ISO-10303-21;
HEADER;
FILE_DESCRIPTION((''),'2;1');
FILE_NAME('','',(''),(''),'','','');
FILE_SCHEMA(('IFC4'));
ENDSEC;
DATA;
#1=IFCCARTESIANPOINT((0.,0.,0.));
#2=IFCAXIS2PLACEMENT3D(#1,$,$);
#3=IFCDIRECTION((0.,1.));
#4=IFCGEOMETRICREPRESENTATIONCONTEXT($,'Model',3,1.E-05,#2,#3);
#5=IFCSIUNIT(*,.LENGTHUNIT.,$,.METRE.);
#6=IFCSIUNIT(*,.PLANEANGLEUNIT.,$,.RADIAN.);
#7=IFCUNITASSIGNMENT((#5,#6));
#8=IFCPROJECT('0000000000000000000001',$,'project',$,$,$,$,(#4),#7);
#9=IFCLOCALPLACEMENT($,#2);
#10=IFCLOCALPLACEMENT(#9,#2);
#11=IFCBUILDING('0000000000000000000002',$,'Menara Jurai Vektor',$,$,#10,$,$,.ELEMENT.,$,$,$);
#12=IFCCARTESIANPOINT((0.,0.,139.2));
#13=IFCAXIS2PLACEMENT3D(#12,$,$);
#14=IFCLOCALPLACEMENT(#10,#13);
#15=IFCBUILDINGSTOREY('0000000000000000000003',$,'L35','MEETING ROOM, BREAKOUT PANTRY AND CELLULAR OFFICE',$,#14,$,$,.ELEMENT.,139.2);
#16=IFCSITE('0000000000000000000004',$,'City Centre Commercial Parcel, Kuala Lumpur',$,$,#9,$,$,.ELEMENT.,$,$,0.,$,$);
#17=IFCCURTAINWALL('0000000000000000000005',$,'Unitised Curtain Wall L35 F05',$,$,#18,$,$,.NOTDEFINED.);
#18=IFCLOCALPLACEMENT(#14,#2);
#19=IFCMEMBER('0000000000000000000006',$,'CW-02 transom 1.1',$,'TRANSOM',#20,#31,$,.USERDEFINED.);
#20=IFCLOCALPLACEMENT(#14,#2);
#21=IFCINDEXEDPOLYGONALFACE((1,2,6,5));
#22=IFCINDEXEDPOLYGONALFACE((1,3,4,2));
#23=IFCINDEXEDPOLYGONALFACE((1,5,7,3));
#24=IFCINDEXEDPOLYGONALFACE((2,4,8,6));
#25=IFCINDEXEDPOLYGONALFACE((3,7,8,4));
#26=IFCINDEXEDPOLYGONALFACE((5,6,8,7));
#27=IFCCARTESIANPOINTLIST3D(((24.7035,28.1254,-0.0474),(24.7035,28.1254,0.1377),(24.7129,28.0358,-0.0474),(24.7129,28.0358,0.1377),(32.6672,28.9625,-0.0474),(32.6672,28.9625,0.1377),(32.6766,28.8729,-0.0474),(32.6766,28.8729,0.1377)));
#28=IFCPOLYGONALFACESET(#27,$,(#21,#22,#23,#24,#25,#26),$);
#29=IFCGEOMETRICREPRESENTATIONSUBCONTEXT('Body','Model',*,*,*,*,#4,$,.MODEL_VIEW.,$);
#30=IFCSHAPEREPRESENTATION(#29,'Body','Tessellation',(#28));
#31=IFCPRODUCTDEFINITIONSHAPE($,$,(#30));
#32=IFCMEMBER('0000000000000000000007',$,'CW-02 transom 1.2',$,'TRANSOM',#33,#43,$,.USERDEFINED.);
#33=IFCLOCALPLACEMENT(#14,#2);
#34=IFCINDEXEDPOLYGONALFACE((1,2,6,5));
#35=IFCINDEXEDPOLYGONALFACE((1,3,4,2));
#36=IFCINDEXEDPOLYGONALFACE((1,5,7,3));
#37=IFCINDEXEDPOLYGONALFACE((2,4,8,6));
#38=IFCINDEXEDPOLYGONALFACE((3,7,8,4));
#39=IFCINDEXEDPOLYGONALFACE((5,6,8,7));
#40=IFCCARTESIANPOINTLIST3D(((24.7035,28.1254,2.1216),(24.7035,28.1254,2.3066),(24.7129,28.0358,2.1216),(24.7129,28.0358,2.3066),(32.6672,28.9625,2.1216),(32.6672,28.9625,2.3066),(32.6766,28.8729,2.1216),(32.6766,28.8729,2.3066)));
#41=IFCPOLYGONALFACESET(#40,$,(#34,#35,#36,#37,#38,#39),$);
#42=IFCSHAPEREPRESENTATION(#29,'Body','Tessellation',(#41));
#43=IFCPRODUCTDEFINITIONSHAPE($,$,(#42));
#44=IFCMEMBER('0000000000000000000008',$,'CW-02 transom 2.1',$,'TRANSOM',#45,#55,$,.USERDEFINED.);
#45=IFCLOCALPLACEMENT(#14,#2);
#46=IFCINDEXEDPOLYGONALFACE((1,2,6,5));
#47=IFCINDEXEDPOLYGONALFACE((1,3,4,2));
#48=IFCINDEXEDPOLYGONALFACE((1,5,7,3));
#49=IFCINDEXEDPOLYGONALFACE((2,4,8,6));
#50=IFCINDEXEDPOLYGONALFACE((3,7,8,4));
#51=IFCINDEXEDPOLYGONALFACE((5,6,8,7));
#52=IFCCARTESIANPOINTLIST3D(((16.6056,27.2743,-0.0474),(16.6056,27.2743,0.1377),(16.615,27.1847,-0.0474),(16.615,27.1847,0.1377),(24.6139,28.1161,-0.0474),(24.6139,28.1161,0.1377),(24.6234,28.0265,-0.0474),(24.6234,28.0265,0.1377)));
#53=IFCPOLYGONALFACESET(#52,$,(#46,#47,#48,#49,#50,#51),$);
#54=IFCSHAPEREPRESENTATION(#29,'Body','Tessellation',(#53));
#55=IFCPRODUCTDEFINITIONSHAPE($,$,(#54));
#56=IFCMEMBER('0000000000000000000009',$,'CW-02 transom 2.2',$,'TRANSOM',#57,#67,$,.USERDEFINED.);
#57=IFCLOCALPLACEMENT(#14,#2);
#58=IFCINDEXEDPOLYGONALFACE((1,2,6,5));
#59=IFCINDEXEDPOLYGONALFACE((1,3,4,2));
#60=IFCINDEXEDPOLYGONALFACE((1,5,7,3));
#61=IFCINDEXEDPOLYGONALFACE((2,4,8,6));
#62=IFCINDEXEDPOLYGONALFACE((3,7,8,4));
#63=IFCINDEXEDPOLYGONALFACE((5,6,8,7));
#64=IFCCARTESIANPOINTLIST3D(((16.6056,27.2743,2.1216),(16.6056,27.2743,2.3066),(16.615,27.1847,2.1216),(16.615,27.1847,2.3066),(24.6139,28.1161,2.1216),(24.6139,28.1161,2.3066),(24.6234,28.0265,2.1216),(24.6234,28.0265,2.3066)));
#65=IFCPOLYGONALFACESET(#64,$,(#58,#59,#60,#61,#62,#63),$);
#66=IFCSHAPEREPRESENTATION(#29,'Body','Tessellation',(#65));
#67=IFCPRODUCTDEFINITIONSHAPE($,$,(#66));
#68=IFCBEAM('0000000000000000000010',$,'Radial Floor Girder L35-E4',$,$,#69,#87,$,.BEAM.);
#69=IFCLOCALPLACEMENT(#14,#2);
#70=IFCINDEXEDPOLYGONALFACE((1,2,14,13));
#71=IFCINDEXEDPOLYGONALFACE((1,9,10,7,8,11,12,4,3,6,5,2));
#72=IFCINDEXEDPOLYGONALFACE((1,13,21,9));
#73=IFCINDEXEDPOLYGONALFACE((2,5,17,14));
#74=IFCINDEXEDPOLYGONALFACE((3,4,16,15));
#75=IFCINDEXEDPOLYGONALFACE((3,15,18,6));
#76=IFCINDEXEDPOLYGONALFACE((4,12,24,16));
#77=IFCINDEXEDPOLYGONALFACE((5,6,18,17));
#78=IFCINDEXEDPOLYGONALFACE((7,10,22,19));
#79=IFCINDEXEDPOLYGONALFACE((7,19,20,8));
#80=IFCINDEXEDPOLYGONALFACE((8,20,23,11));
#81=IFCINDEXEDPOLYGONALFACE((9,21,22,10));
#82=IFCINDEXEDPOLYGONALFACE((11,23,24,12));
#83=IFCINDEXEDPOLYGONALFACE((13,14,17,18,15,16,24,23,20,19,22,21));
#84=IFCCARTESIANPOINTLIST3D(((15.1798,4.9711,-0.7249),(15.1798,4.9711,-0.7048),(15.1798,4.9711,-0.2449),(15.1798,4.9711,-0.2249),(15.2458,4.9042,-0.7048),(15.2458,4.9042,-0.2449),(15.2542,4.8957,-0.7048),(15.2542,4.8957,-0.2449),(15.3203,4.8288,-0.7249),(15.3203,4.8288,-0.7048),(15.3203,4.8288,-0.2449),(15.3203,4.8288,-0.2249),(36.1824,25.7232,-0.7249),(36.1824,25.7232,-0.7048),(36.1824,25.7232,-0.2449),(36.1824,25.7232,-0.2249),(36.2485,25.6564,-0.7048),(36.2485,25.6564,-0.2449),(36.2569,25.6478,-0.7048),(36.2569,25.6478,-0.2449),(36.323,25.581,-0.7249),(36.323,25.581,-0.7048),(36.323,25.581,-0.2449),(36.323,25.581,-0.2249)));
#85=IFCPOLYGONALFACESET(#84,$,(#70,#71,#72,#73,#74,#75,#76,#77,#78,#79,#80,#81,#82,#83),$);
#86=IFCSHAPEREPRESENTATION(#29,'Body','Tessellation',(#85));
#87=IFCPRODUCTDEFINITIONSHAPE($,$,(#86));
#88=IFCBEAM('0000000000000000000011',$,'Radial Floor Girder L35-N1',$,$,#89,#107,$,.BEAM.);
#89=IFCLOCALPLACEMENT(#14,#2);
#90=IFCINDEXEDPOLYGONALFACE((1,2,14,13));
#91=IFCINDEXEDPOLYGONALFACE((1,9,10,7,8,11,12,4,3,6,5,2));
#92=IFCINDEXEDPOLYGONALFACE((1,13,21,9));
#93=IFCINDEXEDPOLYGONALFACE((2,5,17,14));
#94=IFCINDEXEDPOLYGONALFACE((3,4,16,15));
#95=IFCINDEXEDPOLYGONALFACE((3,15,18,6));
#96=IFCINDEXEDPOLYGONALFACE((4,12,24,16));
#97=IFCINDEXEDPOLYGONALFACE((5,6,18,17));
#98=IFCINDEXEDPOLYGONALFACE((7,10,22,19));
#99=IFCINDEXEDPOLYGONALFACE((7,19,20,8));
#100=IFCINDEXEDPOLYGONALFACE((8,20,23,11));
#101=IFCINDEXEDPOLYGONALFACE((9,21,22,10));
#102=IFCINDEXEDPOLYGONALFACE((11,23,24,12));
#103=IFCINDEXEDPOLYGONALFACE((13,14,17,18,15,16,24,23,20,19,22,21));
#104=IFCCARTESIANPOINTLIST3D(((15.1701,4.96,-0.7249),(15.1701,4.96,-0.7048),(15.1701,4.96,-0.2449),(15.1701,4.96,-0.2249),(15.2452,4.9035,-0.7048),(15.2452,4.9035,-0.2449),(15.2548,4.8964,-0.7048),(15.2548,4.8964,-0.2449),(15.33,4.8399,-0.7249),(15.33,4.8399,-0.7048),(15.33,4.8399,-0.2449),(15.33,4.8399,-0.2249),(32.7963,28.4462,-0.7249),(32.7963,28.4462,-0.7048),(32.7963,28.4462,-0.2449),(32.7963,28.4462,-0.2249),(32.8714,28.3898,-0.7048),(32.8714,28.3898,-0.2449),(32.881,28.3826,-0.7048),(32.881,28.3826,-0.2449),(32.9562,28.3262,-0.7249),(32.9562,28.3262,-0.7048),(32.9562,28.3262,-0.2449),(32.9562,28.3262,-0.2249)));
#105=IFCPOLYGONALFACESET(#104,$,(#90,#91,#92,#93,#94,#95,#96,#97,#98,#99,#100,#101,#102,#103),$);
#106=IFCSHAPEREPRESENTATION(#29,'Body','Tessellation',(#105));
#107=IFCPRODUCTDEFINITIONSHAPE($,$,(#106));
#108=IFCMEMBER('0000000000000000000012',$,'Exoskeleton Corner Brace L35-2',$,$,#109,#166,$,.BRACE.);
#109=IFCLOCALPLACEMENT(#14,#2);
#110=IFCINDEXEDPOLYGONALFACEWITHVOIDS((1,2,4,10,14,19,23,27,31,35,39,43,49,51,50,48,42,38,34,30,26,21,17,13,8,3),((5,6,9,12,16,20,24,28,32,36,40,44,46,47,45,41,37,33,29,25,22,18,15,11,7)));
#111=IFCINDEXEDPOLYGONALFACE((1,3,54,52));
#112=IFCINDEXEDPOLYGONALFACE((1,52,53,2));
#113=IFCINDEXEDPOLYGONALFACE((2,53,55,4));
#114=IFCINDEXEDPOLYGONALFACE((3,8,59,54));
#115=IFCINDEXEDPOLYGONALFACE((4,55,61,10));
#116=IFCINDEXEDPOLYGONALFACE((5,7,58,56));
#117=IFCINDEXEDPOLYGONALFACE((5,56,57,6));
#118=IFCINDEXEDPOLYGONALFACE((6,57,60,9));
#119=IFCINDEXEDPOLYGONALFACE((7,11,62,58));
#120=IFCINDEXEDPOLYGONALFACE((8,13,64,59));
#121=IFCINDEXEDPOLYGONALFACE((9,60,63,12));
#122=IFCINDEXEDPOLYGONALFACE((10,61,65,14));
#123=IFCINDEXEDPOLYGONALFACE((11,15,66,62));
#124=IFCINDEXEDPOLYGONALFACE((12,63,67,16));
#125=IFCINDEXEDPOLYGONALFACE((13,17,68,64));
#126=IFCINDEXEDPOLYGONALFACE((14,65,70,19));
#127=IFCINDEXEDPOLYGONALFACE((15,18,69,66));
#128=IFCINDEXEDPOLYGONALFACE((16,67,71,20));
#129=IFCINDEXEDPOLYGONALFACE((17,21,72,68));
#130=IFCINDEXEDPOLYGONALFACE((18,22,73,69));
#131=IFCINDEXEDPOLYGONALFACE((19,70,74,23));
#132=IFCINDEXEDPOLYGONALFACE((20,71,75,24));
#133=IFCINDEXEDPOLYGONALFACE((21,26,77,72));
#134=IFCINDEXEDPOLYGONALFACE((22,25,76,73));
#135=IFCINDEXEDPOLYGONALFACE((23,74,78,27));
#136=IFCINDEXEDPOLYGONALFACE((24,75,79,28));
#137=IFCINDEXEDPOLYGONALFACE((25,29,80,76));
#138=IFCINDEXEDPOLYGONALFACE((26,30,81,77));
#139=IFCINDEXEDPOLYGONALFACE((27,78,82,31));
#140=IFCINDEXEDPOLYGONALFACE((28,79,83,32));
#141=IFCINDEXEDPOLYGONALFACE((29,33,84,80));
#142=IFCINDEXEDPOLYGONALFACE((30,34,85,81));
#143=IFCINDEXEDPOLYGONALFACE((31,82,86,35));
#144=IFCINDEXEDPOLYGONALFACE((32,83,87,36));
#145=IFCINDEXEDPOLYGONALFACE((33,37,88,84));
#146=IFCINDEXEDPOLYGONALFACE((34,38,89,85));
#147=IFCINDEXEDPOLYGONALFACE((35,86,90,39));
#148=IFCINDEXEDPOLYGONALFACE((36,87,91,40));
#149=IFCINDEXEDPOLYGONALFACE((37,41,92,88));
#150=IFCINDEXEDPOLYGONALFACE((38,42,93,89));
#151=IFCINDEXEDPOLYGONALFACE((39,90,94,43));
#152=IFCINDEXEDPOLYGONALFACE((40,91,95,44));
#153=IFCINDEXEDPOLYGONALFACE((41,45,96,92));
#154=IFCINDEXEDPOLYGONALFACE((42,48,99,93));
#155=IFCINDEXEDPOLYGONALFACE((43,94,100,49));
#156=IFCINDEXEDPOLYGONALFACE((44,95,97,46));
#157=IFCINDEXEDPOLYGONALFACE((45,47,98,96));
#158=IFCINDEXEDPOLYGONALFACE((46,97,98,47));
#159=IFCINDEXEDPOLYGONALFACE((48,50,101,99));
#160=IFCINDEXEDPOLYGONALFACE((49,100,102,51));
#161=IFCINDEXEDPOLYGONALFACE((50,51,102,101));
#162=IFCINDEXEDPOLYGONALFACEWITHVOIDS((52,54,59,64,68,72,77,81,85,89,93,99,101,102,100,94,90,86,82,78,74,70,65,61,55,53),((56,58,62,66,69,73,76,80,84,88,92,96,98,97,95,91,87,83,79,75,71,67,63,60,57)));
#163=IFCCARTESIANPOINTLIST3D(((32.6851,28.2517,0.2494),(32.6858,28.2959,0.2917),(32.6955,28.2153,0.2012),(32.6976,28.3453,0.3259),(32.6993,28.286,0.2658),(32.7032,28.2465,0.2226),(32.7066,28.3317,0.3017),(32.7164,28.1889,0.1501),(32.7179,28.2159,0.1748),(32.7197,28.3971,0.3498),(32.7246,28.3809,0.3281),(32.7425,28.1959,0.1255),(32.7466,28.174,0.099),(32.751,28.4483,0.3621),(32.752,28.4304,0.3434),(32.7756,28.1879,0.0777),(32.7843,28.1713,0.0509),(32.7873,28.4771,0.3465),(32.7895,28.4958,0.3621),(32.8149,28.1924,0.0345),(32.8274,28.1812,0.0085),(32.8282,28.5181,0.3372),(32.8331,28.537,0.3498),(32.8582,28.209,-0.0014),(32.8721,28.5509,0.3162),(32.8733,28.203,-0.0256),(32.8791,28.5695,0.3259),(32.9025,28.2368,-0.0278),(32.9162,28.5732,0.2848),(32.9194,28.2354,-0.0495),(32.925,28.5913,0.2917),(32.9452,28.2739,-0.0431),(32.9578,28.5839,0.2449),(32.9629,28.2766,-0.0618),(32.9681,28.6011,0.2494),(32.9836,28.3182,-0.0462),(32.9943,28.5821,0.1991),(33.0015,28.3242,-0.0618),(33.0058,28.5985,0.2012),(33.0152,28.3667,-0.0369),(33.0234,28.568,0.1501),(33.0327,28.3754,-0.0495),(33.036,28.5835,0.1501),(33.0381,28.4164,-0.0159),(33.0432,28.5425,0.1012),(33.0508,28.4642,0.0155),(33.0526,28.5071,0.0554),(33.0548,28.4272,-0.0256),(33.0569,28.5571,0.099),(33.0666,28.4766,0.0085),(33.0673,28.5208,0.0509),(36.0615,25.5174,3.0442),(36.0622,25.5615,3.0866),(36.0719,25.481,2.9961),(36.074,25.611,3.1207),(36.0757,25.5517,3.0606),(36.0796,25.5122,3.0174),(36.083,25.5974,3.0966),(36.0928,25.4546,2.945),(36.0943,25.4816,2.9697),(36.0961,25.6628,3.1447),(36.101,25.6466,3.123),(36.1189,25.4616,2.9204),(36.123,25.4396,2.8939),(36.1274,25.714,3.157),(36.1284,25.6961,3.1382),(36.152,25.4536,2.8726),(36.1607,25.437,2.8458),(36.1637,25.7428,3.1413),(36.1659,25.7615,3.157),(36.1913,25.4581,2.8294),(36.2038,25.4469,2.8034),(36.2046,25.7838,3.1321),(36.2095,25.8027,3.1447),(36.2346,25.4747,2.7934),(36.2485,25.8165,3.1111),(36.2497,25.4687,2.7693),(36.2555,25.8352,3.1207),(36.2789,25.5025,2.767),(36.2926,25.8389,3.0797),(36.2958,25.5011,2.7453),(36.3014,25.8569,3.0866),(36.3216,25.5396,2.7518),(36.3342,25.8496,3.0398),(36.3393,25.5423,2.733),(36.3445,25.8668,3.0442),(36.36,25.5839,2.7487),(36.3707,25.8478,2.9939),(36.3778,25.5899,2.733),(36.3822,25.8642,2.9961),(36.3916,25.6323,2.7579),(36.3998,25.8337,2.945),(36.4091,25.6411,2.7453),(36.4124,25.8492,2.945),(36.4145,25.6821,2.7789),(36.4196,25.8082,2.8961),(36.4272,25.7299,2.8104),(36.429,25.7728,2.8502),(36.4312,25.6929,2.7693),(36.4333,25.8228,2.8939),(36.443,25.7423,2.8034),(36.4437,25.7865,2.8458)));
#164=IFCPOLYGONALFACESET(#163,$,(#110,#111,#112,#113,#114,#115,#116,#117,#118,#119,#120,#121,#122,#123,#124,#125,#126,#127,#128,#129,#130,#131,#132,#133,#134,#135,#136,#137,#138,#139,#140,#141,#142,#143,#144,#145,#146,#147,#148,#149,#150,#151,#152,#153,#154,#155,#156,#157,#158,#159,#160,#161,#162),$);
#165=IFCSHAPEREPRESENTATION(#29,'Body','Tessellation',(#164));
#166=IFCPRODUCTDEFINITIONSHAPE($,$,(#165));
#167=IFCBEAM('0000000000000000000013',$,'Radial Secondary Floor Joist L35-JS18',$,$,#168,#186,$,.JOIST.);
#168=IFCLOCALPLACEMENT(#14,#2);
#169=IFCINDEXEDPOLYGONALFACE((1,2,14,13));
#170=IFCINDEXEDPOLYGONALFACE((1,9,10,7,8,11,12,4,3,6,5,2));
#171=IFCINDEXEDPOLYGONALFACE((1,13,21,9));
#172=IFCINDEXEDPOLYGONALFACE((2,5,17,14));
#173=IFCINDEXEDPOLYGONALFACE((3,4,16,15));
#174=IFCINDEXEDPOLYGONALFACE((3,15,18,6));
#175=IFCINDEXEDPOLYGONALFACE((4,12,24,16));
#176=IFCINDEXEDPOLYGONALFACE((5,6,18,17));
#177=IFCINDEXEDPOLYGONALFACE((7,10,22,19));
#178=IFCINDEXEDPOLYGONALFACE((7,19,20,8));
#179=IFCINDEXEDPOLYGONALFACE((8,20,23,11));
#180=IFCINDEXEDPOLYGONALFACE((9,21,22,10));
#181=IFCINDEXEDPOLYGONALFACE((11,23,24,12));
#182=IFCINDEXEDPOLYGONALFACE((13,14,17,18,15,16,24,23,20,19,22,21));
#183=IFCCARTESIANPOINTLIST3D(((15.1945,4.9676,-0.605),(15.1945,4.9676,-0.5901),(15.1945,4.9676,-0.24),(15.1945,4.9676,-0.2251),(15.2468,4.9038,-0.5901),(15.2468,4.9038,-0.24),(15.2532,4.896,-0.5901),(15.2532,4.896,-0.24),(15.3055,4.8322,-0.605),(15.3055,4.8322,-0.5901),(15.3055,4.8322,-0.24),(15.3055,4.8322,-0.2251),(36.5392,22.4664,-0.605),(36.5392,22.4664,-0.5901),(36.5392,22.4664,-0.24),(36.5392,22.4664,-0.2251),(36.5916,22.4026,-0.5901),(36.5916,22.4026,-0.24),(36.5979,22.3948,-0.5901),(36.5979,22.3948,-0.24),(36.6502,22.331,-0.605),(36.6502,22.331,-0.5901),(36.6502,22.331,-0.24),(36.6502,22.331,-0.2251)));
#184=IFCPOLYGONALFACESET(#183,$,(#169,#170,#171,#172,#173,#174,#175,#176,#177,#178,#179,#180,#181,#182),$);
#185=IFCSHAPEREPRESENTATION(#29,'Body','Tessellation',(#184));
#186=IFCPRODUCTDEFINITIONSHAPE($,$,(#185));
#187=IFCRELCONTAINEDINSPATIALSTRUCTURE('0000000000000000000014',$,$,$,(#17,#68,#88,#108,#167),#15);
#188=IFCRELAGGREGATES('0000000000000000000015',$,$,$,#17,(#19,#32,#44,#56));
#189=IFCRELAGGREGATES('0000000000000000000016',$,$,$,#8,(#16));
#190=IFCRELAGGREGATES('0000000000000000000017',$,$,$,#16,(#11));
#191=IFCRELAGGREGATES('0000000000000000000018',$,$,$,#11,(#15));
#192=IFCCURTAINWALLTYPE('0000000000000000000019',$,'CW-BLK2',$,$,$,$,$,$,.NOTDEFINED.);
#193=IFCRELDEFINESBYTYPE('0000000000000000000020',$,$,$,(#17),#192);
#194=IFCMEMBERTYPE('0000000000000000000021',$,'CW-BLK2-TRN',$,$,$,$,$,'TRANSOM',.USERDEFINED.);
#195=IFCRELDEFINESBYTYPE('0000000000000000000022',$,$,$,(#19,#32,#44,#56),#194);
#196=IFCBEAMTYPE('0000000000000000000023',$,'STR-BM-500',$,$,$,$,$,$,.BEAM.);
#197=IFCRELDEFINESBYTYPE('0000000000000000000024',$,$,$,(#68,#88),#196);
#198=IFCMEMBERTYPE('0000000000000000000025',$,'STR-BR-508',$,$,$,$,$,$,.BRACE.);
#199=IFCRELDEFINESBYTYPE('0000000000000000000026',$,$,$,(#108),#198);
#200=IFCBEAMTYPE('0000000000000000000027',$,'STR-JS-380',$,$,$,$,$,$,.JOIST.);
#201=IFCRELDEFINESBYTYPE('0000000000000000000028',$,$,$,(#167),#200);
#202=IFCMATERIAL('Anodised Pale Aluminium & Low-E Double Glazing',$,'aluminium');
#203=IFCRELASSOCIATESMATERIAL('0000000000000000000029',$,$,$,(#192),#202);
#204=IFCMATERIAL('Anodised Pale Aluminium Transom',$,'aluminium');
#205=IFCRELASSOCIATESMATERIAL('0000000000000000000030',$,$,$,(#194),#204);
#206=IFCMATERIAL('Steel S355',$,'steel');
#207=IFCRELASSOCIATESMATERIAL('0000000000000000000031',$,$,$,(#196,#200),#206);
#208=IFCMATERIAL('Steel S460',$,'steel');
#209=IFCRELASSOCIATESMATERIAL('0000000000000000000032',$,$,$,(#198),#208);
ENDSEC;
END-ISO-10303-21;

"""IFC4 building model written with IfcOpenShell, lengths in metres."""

from ifc_helpers import new_model, si_unit, direction, frame, origin, origin_2d, place, context, subcontext, project, spatial, rectangle, hollow_circle, i_section, extrude, material, material_profile, profile_set, type_object, element, aggregate, save


model = new_model("IFC4")

# Units and contexts
model_context = context("Model", 3, precision=1e-05, world=origin(), true_north=direction((0.0, 1.0)))
body_context = subcontext(model_context, "Body", "Model", "MODEL_VIEW")
ifc_project = project(units=[si_unit("LENGTHUNIT", "METRE"), si_unit("PLANEANGLEUNIT", "RADIAN")], contexts=[model_context])

# Site, building, storey
site_placement = place(None, origin())
site = spatial("IfcSite", under=ifc_project, at=site_placement, Name="City Centre Commercial Parcel, Kuala Lumpur", CompositionType="ELEMENT", RefElevation=0.0)
building_placement = place(site_placement, origin())
building = spatial("IfcBuilding", under=site, at=building_placement, Name="Menara Jurai Vektor", CompositionType="ELEMENT")
storey_placement = place(building_placement, frame((0.0, 0.0, 139.2)))
storey = spatial("IfcBuildingStorey", under=building, at=storey_placement, Name="L35", Description="MEETING ROOM, BREAKOUT PANTRY AND CELLULAR OFFICE", CompositionType="ELEMENT", Elevation=139.2)

# Shared definitions
ifc_material_1 = material(Name="Steel S460", Category="steel")

# Shared definitions
ifc_material_2 = material(Name="Anodised Pale Aluminium & Low-E Double Glazing", Category="aluminium")
curtain_wall_type = type_object("IfcCurtainWallType", Name="CW-BLK2", PredefinedType="NOTDEFINED", material=ifc_material_2)

# Curtain wall
curtain_wall_1_placement = place(storey_placement, origin())
curtain_wall_1 = element("IfcCurtainWall", 1, at=curtain_wall_1_placement, inside=storey, type_object=curtain_wall_type, Name="Unitised Curtain Wall L35 F05", PredefinedType="NOTDEFINED")

# Members
ifc_material_3 = material(Name="Anodised Pale Aluminium Transom", Category="aluminium")
ifc_material_profile_1 = material_profile(ifc_material_3, rectangle(XDim=0.0901, YDim=0.1851, at=origin_2d()), Name="ALU TRN 90x185")
ifc_profile_set_1 = profile_set([ifc_material_profile_1], Name="Anodised Pale Aluminium Transom")
member_type_1 = type_object("IfcMemberType", Name="CW-BLK2-TRN", ElementType="TRANSOM", PredefinedType="USERDEFINED", material=ifc_profile_set_1)
member_1_placement = place(storey_placement, frame((32.6719, 28.9177, 0.0452), z_axis=(-0.99452, -0.104547, 0.0), x_axis=(0.104547, -0.99452, 0.0)))
member_1 = element("IfcMember", 2, at=member_1_placement, type_object=member_type_1, Name="CW-02 transom 1.1", ObjectType="TRANSOM", PredefinedType="USERDEFINED", context=body_context, shape_type="SweptSolid", body=[
    extrude(rectangle(XDim=0.0901, YDim=0.1851, at=origin_2d()), origin(), (0.0, 0.0, 1.0), 8.0076),
])
member_2_placement = place(storey_placement, frame((32.6719, 28.9177, 2.2141), z_axis=(-0.99452, -0.104547, 0.0), x_axis=(0.104547, -0.99452, 0.0)))
member_2 = element("IfcMember", 3, at=member_2_placement, type_object=member_type_1, Name="CW-02 transom 1.2", ObjectType="TRANSOM", PredefinedType="USERDEFINED", context=body_context, shape_type="SweptSolid", body=[
    extrude(rectangle(XDim=0.0901, YDim=0.1851, at=origin_2d()), origin(), (0.0, 0.0, 1.0), 8.0076),
])
member_3_placement = place(storey_placement, frame((24.6187, 28.0713, 0.0452), z_axis=(-0.994521, -0.10454, 0.0), x_axis=(0.10454, -0.994521, 0.0)))
member_3 = element("IfcMember", 4, at=member_3_placement, type_object=member_type_1, Name="CW-02 transom 2.1", ObjectType="TRANSOM", PredefinedType="USERDEFINED", context=body_context, shape_type="SweptSolid", body=[
    extrude(rectangle(XDim=0.0901, YDim=0.1851, at=origin_2d()), origin(), (0.0, 0.0, 1.0), 8.0525),
])
member_4_placement = place(storey_placement, frame((24.6187, 28.0713, 2.2141), z_axis=(-0.994521, -0.10454, 0.0), x_axis=(0.10454, -0.994521, 0.0)))
member_4 = element("IfcMember", 5, at=member_4_placement, type_object=member_type_1, Name="CW-02 transom 2.2", ObjectType="TRANSOM", PredefinedType="USERDEFINED", context=body_context, shape_type="SweptSolid", body=[
    extrude(rectangle(XDim=0.0901, YDim=0.1851, at=origin_2d()), origin(), (0.0, 0.0, 1.0), 8.0525),
])

# Beams
ifc_material_4 = material(Name="Steel S355", Category="steel")
ifc_material_profile_2 = material_profile(ifc_material_4, i_section(OverallWidth=0.2, OverallDepth=0.5, WebThickness=0.012, FlangeThickness=0.02, at=origin_2d()), Name="PG 500x200x96")
ifc_profile_set_2 = profile_set([ifc_material_profile_2], Name="Steel S355")
beam_type_1 = type_object("IfcBeamType", Name="STR-BM-500", PredefinedType="BEAM", material=ifc_profile_set_2)
beam_1_placement = place(storey_placement, frame((36.2527, 25.6521, -0.4749), z_axis=(-0.711336, -0.702852, 0.0), x_axis=(0.702852, -0.711336, 0.0)))
element("IfcBeam", 6, at=beam_1_placement, inside=storey, type_object=beam_type_1, Name="Radial Floor Girder L35-E4", PredefinedType="BEAM", context=body_context, shape_type="SweptSolid", body=[
    extrude(i_section(OverallWidth=0.2, OverallDepth=0.5, WebThickness=0.012, FlangeThickness=0.02, at=origin_2d()), origin(), (0.0, 0.0, 1.0), 29.5256),
])
beam_2_placement = place(storey_placement, frame((32.8762, 28.3862, -0.4749), z_axis=(-0.60025, -0.799812, 0.0), x_axis=(0.799812, -0.60025, 0.0)))
element("IfcBeam", 7, at=beam_2_placement, inside=storey, type_object=beam_type_1, Name="Radial Floor Girder L35-N1", PredefinedType="BEAM", context=body_context, shape_type="SweptSolid", body=[
    extrude(i_section(OverallWidth=0.2, OverallDepth=0.5, WebThickness=0.012, FlangeThickness=0.02, at=origin_2d()), origin(), (0.0, 0.0, 1.0), 29.3647),
])

# Member
ifc_material_profile_3 = material_profile(ifc_material_1, hollow_circle(Radius=0.2539, WallThickness=0.02, at=origin_2d()), Name="CHS 508x20")
ifc_profile_set_3 = profile_set([ifc_material_profile_3], Name="Steel S460")
member_type_2 = type_object("IfcMemberType", Name="STR-BR-508", PredefinedType="BRACE", material=ifc_profile_set_3)
member_5_placement = place(storey_placement, frame((32.8762, 28.3862, 0.1501), z_axis=(0.653577, -0.529289, 0.541009), x_axis=(0.629344, 0.777127, 0.0)))
element("IfcMember", 8, at=member_5_placement, inside=storey, type_object=member_type_2, Name="Exoskeleton Corner Brace L35-2", PredefinedType="BRACE", context=body_context, shape_type="SweptSolid", body=[
    extrude(hollow_circle(Radius=0.2539, WallThickness=0.02, at=origin_2d()), origin(), (0.0, 0.0, 1.0), 5.166),
])

# Beam
ifc_material_profile_4 = material_profile(ifc_material_4, i_section(OverallWidth=0.175, OverallDepth=0.3799, WebThickness=0.01, FlangeThickness=0.0149, at=origin_2d()), Name="PG 380x175x58")
ifc_profile_set_4 = profile_set([ifc_material_profile_4], Name="Steel S355")
beam_type_2 = type_object("IfcBeamType", Name="STR-JS-380", PredefinedType="JOIST", material=ifc_profile_set_4)
beam_3_placement = place(storey_placement, frame((36.5947, 22.3987, -0.415), z_axis=(-0.773337, -0.633995, 0.0), x_axis=(0.633995, -0.773337, 0.0)))
element("IfcBeam", 9, at=beam_3_placement, inside=storey, type_object=beam_type_2, Name="Radial Secondary Floor Joist L35-JS18", PredefinedType="JOIST", context=body_context, shape_type="SweptSolid", body=[
    extrude(i_section(OverallWidth=0.175, OverallDepth=0.3799, WebThickness=0.01, FlangeThickness=0.0149, at=origin_2d()), origin(), (0.0, 0.0, 1.0), 27.6008),
])

aggregate(curtain_wall_1, [member_1, member_2, member_3, member_4])

save(model, "model.ifc")
